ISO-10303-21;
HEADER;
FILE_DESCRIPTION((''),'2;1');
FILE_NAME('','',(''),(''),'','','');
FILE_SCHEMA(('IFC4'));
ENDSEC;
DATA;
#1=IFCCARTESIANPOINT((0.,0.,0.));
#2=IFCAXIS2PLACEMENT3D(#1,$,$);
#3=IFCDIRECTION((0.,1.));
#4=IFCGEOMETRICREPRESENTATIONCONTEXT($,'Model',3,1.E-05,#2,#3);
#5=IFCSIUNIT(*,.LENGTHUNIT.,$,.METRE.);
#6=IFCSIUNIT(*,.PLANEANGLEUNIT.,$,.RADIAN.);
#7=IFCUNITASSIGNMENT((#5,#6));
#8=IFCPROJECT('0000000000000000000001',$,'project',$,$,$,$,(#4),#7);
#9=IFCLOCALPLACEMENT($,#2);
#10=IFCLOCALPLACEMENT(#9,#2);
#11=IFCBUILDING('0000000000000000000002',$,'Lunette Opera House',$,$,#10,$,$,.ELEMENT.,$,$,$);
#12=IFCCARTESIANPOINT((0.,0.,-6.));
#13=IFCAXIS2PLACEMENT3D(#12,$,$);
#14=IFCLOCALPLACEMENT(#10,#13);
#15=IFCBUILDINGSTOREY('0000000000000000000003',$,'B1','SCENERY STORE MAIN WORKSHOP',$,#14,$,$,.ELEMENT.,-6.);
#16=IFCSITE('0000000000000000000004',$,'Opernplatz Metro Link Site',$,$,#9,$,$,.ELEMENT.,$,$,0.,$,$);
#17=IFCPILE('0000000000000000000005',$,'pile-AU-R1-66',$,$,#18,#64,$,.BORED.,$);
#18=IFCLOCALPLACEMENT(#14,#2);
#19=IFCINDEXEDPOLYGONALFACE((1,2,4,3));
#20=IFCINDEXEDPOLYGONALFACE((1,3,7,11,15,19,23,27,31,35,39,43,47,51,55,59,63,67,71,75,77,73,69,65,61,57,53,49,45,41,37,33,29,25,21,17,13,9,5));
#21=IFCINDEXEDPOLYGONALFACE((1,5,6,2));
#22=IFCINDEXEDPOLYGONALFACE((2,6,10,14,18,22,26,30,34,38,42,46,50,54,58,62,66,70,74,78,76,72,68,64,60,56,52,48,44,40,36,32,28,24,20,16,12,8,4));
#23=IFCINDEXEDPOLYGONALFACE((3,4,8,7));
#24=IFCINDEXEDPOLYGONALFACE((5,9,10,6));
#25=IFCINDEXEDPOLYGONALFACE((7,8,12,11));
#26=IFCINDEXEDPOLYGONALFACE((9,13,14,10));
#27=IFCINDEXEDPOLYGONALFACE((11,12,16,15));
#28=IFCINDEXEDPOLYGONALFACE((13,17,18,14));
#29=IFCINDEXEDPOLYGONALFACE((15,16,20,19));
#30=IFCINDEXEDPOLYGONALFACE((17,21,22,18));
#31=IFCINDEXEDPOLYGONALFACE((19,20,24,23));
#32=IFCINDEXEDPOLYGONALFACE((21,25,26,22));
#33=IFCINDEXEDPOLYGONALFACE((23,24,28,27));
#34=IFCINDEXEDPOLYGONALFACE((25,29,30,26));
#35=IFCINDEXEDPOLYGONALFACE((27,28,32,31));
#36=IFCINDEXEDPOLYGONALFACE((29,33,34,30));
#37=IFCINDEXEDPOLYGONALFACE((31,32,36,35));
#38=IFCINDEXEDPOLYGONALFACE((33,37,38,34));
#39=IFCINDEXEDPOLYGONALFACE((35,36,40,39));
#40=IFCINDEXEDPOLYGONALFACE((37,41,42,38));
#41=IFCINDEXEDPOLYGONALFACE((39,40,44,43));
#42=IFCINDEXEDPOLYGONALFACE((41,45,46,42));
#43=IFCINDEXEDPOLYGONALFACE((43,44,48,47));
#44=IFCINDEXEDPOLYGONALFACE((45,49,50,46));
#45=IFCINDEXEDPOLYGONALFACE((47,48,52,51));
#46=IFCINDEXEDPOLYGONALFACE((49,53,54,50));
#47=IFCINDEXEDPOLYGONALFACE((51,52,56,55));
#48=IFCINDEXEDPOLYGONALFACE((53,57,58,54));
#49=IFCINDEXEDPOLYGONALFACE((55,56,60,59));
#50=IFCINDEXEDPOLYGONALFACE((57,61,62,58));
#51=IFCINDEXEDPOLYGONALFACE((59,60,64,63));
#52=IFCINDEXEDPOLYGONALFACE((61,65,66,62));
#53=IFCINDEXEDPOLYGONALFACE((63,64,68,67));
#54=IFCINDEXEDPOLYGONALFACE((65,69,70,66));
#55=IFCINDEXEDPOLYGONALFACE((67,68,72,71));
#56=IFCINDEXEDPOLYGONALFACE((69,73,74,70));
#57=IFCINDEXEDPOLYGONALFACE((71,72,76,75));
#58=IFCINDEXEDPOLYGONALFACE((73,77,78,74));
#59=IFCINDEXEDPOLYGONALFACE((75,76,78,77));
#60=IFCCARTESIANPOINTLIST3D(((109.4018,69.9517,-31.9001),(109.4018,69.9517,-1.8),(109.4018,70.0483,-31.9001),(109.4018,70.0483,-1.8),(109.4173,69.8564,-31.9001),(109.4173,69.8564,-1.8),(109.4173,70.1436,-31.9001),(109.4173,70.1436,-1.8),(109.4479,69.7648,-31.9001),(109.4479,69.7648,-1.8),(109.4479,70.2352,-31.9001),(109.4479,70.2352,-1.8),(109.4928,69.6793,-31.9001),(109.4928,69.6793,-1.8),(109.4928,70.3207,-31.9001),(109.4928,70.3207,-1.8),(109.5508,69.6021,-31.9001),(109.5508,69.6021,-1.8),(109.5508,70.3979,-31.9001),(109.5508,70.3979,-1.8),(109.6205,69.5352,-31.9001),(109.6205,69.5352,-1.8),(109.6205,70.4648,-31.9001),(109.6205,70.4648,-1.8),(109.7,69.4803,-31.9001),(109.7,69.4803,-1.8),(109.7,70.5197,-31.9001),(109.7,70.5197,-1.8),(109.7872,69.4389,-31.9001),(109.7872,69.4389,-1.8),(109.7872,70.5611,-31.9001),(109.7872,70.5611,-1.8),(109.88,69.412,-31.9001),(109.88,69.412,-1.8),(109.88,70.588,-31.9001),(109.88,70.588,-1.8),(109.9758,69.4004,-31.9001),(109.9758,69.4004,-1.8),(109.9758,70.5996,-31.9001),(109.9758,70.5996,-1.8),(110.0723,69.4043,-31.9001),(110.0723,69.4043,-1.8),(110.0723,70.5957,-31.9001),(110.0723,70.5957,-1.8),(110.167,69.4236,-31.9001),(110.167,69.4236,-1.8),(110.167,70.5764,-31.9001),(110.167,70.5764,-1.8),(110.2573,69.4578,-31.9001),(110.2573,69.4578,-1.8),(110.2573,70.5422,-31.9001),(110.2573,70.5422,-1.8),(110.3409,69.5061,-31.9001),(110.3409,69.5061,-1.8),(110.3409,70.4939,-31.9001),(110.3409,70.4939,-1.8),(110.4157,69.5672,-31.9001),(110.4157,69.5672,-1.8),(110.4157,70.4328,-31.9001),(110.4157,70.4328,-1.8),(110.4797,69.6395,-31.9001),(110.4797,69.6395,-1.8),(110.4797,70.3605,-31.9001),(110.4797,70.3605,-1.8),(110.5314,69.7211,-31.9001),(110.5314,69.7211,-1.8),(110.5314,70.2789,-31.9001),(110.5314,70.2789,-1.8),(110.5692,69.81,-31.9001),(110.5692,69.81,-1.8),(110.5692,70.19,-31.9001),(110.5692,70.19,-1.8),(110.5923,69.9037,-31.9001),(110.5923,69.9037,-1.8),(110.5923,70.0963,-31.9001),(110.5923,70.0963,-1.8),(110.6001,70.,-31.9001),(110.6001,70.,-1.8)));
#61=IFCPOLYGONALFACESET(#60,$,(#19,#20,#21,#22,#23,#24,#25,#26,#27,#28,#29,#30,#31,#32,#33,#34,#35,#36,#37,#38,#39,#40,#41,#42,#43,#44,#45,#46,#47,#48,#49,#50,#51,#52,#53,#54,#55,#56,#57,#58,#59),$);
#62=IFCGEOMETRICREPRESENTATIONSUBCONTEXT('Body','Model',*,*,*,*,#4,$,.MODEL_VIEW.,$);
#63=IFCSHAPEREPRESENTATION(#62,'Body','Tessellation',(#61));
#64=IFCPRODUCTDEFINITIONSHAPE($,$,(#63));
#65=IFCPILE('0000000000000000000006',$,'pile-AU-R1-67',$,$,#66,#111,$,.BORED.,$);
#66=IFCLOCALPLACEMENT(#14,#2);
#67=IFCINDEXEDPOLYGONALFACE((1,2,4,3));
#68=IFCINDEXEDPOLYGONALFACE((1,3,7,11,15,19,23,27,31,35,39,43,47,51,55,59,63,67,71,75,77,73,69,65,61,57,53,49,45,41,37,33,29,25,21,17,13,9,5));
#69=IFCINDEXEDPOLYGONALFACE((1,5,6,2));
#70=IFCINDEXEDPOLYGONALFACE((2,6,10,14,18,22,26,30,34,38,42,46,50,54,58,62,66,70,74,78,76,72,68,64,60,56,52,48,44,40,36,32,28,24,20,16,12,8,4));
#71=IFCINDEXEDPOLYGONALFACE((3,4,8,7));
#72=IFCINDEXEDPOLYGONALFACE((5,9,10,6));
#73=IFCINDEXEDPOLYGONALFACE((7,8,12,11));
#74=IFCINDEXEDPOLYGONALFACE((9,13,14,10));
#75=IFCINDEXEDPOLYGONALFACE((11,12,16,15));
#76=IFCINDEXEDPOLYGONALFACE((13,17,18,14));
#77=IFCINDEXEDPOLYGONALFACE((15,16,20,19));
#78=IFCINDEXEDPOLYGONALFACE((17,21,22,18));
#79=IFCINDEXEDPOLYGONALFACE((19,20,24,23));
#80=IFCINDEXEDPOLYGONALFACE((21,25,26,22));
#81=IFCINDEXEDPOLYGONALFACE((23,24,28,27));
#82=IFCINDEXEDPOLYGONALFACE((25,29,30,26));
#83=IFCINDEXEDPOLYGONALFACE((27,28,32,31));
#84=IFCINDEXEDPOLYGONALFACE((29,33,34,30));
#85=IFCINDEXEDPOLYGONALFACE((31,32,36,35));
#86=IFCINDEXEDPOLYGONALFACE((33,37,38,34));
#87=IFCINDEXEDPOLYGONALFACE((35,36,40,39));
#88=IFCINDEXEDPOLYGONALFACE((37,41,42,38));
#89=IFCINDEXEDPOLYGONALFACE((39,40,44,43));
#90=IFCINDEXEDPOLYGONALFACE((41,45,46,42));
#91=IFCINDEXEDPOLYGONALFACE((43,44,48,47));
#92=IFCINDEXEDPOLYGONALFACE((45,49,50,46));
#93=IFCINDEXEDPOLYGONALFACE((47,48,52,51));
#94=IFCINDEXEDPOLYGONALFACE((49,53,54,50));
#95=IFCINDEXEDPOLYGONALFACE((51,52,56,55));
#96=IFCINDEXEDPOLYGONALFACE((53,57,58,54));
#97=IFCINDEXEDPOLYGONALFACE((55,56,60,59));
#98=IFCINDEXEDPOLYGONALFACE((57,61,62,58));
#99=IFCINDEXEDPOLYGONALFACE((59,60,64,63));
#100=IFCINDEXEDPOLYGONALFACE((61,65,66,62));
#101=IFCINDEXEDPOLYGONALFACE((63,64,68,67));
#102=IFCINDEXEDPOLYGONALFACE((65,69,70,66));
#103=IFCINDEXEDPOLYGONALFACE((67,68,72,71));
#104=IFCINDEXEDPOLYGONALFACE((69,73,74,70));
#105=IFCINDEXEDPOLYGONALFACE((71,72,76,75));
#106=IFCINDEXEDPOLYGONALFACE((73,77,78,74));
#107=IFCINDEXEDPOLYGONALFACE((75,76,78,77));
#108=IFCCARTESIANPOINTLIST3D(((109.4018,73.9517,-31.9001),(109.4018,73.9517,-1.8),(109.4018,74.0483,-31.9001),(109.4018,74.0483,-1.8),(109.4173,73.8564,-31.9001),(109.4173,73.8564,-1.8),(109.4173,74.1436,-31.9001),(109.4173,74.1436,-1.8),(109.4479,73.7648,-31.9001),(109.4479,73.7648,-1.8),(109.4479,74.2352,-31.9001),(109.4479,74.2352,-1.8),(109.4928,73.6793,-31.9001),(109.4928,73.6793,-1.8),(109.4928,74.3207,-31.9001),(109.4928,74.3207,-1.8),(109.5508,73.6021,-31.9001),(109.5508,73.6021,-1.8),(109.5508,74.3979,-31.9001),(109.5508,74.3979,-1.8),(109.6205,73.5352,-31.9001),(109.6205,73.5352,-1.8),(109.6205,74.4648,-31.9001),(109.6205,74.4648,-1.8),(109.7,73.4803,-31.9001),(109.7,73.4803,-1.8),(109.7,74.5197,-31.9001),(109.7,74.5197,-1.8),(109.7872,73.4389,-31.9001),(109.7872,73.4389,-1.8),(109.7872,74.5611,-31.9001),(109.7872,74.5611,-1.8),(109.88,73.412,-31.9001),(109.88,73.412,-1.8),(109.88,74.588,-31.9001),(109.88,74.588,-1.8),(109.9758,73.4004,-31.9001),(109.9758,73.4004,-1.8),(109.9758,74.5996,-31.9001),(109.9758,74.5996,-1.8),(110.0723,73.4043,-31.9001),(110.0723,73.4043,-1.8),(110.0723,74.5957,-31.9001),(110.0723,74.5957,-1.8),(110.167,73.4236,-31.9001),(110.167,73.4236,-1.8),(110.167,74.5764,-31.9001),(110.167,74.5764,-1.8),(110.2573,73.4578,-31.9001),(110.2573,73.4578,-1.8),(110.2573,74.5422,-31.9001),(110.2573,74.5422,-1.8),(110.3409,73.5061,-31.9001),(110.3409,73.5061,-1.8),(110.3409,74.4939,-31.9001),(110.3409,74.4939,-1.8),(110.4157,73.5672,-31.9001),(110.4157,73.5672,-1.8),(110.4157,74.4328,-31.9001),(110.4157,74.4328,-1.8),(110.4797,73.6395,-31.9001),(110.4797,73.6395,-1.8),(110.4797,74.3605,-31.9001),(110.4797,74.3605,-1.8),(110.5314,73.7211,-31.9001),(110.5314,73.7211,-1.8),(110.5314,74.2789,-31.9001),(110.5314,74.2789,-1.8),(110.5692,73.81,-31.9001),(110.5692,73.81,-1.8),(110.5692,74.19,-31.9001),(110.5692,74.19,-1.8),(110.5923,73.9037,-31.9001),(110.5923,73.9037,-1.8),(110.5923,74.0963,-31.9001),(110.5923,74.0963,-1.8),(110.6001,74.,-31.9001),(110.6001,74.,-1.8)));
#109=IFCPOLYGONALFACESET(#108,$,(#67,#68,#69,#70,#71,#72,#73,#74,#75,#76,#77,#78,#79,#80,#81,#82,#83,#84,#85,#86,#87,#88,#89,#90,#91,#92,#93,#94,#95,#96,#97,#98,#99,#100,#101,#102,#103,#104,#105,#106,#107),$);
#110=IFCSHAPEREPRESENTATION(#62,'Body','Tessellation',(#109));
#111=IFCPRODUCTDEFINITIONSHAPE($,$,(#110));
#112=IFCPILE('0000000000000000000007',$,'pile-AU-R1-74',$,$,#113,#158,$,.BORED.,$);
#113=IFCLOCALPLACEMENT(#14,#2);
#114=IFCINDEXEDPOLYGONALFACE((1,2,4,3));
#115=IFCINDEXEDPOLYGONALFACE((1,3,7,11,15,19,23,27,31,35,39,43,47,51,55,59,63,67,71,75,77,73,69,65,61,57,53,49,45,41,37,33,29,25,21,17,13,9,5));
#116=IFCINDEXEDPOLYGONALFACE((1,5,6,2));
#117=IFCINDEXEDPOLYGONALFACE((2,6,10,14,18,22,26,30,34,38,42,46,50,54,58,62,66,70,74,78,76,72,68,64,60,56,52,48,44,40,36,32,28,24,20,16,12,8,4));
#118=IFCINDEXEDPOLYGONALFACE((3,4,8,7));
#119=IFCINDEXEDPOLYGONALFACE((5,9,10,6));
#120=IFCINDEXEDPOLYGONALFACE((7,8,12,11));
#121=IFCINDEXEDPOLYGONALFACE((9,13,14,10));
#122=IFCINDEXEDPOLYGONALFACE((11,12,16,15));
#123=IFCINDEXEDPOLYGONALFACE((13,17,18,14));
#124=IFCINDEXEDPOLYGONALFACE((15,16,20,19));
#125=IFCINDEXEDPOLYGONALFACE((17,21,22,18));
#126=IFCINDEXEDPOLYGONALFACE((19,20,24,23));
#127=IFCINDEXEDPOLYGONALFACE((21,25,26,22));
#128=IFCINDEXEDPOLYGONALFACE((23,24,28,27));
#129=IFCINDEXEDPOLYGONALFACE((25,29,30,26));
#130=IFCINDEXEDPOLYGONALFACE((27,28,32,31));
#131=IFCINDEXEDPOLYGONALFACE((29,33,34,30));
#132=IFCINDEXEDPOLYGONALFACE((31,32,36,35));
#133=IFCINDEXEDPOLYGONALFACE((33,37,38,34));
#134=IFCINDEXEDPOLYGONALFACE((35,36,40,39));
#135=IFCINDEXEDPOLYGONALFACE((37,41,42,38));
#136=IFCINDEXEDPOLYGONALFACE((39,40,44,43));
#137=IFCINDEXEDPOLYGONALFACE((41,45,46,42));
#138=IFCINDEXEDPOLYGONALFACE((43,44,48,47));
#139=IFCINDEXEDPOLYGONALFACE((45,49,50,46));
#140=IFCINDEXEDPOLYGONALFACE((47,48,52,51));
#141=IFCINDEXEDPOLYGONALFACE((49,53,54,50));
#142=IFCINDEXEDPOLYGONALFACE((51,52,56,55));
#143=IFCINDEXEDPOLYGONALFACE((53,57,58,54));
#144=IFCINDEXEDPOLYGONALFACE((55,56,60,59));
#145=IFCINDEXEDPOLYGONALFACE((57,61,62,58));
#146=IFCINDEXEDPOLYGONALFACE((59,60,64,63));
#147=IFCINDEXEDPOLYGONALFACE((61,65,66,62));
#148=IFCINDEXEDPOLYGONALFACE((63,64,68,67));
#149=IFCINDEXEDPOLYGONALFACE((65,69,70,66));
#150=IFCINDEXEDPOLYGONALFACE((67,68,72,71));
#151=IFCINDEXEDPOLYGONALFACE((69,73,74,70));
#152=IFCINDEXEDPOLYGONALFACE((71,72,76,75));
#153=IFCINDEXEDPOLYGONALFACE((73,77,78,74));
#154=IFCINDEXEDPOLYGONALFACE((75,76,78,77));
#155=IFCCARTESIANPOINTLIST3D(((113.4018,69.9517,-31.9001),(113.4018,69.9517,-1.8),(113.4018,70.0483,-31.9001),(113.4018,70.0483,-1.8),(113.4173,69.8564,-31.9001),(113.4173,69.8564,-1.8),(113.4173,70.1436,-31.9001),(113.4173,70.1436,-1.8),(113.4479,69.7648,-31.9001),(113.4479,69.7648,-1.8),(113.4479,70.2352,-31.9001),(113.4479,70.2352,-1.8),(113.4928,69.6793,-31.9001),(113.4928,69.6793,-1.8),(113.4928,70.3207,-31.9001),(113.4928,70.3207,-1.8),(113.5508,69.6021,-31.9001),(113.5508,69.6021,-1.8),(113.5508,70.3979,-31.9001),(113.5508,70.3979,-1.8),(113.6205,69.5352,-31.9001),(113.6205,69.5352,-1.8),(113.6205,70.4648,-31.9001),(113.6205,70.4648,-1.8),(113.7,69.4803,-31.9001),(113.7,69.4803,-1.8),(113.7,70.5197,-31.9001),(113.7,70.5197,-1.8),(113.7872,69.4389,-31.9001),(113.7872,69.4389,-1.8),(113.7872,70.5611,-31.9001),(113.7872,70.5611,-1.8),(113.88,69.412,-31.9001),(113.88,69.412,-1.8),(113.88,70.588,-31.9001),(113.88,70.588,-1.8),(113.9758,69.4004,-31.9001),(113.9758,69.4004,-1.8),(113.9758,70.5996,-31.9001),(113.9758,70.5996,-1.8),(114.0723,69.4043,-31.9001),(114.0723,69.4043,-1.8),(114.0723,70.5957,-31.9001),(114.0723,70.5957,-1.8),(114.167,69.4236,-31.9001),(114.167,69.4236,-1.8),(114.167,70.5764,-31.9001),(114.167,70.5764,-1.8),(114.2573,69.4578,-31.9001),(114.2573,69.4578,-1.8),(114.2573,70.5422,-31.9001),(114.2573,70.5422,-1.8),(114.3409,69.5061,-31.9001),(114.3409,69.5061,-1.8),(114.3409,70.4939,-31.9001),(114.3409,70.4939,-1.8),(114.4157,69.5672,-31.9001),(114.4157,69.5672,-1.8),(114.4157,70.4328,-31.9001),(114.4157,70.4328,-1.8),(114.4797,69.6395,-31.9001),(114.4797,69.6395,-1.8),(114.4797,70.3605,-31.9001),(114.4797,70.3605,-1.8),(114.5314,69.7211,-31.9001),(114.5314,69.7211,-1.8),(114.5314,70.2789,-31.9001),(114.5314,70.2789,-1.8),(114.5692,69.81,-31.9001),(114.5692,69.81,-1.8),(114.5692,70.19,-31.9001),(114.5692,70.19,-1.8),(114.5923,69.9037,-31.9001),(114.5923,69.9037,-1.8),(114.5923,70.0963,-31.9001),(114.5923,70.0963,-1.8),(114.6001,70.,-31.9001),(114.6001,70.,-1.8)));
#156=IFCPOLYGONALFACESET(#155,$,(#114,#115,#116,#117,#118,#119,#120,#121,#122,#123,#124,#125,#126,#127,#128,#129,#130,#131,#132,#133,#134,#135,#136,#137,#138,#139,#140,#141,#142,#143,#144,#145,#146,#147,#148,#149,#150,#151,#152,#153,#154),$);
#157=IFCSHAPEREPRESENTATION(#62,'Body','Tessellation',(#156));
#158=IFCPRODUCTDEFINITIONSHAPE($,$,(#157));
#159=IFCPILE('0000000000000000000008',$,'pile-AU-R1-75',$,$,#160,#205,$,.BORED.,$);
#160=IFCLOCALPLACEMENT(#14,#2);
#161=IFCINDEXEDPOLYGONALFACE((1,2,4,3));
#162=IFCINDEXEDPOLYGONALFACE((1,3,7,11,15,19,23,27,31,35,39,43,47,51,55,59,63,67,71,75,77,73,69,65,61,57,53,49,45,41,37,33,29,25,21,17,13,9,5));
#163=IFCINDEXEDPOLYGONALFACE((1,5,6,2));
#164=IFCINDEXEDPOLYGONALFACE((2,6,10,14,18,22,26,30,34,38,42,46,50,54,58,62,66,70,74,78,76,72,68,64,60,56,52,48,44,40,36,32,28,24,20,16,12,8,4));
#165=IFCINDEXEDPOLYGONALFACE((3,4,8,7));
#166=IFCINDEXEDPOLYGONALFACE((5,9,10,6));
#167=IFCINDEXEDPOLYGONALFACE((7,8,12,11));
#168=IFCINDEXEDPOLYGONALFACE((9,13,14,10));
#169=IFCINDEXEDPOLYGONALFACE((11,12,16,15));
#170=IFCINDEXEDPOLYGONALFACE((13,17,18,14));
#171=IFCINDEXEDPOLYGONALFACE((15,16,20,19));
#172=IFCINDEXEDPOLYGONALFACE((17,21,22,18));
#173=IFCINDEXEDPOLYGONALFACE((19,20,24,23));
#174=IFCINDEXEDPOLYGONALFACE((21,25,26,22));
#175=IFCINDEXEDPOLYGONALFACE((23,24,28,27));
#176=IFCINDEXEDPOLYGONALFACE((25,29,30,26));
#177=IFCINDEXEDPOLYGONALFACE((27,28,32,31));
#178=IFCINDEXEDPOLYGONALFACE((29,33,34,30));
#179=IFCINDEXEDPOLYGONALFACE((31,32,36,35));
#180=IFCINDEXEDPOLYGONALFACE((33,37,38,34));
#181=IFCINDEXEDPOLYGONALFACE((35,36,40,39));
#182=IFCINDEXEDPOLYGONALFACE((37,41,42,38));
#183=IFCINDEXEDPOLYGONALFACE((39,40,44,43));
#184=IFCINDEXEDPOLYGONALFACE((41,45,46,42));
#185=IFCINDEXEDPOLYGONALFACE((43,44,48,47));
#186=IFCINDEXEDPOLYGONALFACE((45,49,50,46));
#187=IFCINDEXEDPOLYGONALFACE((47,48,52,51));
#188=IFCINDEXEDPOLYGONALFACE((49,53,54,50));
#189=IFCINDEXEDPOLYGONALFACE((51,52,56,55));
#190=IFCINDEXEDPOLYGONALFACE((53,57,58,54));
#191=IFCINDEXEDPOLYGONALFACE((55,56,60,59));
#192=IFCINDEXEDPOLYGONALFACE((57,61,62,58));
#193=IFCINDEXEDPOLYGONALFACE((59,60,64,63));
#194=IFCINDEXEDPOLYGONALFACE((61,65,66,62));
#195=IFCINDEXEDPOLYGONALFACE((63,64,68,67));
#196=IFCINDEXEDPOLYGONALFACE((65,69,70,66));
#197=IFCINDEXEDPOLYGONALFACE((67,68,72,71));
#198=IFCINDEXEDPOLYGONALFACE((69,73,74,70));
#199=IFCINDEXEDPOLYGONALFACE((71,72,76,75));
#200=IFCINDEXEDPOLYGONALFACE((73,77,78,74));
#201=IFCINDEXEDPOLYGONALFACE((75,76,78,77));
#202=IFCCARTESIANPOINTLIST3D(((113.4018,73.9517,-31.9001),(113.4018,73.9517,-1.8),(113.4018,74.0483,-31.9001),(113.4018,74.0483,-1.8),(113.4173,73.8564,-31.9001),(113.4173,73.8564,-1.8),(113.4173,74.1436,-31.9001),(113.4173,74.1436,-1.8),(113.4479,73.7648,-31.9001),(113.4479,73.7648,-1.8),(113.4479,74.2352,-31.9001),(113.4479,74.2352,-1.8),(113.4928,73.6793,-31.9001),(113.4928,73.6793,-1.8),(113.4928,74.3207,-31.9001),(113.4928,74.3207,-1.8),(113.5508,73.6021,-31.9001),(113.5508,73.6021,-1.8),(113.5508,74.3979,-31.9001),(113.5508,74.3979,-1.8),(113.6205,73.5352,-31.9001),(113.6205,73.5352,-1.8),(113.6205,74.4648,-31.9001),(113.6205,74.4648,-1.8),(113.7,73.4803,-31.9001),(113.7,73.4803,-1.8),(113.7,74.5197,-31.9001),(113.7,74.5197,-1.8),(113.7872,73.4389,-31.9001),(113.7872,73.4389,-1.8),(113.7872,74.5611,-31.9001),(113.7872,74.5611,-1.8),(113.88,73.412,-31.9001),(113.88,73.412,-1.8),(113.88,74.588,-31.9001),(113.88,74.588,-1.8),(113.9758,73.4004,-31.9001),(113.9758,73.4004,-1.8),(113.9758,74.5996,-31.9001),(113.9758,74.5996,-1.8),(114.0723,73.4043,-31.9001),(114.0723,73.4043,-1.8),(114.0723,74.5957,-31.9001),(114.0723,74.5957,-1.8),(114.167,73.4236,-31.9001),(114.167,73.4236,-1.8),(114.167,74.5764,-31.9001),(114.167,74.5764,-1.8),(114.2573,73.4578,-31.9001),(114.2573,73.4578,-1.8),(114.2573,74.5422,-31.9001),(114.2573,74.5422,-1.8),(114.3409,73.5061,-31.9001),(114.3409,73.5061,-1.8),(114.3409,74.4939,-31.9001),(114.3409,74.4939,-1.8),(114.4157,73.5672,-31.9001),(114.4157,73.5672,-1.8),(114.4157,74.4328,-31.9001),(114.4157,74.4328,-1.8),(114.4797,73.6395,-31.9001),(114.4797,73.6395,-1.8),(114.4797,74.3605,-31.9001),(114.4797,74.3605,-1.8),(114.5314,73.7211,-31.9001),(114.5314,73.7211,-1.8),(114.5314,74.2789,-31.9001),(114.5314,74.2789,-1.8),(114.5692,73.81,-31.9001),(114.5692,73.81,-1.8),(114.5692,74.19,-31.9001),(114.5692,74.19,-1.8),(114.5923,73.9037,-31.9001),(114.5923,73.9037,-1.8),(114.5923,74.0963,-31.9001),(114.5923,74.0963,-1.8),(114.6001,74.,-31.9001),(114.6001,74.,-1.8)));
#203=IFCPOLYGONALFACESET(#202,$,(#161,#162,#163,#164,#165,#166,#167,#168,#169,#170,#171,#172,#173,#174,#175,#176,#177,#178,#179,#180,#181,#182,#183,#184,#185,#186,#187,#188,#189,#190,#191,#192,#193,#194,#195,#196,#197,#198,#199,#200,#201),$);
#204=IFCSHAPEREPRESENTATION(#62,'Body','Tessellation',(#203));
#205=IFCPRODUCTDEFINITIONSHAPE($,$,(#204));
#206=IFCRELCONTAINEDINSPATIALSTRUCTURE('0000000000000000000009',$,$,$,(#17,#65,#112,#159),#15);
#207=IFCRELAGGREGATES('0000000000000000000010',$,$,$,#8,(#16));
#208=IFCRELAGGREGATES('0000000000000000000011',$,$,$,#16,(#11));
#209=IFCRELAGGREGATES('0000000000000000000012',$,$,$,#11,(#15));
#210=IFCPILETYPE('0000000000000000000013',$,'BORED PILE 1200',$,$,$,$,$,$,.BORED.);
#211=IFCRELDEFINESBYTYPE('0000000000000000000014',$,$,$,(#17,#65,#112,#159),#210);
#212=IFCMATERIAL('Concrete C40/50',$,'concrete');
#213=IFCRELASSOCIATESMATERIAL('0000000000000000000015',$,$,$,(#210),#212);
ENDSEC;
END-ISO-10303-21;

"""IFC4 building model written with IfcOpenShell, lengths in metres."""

from ifc_helpers import new_model, si_unit, direction, frame, origin, origin_2d, place, context, subcontext, project, spatial, circle, extrude, material, material_profile, profile_set, type_object, element, save


model = new_model("IFC4")

# Units and contexts
model_context = context("Model", 3, precision=1e-05, world=origin(), true_north=direction((0.0, 1.0)))
body_context = subcontext(model_context, "Body", "Model", "MODEL_VIEW")
ifc_project = project(units=[si_unit("LENGTHUNIT", "METRE"), si_unit("PLANEANGLEUNIT", "RADIAN")], contexts=[model_context])

# Site, building, storey
site_placement = place(None, origin())
site = spatial("IfcSite", under=ifc_project, at=site_placement, Name="Opernplatz Metro Link Site", CompositionType="ELEMENT", RefElevation=0.0)
building_placement = place(site_placement, origin())
building = spatial("IfcBuilding", under=site, at=building_placement, Name="Lunette Opera House", CompositionType="ELEMENT")
storey_placement = place(building_placement, frame((0.0, 0.0, -6.0)))
storey = spatial("IfcBuildingStorey", under=building, at=storey_placement, Name="B1", Description="SCENERY STORE MAIN WORKSHOP", CompositionType="ELEMENT", Elevation=-6.0)

# Piles
ifc_material_1 = material(Name="Concrete C40/50", Category="concrete")
ifc_material_profile_1 = material_profile(ifc_material_1, circle(Radius=0.6001, at=origin_2d()), Name="BORED PILE 1200")
ifc_profile_set_1 = profile_set([ifc_material_profile_1], Name="Concrete C40/50")
pile_type_1 = type_object("IfcPileType", Name="BORED PILE 1200", PredefinedType="BORED", material=ifc_profile_set_1)
for number, where, z_axis, x_axis, name in (
    (1, (110.0, 70.0, -1.8), (0.0, 0.0, -1.0), (1.0, 0.0, 0.0), "pile-AU-R1-66"),
    (2, (110.0, 74.0, -1.8), (0.0, 0.0, -1.0), (1.0, 0.0, 0.0), "pile-AU-R1-67"),
    (3, (114.0, 70.0, -1.8), (0.0, 0.0, -1.0), (1.0, 0.0, 0.0), "pile-AU-R1-74"),
    (4, (114.0, 74.0, -1.8), (0.0, 0.0, -1.0), (1.0, 0.0, 0.0), "pile-AU-R1-75"),
):
    element("IfcPile", number, at=place(storey_placement, frame(where, z_axis=z_axis, x_axis=x_axis)), inside=storey, type_object=pile_type_1, Name=name, PredefinedType="BORED", context=body_context, shape_type="SweptSolid", body=[
        extrude(circle(Radius=0.6001, at=origin_2d()), origin(), (0.0, 0.0, 1.0), 30.1001),
    ])

save(model, "model.ifc")
